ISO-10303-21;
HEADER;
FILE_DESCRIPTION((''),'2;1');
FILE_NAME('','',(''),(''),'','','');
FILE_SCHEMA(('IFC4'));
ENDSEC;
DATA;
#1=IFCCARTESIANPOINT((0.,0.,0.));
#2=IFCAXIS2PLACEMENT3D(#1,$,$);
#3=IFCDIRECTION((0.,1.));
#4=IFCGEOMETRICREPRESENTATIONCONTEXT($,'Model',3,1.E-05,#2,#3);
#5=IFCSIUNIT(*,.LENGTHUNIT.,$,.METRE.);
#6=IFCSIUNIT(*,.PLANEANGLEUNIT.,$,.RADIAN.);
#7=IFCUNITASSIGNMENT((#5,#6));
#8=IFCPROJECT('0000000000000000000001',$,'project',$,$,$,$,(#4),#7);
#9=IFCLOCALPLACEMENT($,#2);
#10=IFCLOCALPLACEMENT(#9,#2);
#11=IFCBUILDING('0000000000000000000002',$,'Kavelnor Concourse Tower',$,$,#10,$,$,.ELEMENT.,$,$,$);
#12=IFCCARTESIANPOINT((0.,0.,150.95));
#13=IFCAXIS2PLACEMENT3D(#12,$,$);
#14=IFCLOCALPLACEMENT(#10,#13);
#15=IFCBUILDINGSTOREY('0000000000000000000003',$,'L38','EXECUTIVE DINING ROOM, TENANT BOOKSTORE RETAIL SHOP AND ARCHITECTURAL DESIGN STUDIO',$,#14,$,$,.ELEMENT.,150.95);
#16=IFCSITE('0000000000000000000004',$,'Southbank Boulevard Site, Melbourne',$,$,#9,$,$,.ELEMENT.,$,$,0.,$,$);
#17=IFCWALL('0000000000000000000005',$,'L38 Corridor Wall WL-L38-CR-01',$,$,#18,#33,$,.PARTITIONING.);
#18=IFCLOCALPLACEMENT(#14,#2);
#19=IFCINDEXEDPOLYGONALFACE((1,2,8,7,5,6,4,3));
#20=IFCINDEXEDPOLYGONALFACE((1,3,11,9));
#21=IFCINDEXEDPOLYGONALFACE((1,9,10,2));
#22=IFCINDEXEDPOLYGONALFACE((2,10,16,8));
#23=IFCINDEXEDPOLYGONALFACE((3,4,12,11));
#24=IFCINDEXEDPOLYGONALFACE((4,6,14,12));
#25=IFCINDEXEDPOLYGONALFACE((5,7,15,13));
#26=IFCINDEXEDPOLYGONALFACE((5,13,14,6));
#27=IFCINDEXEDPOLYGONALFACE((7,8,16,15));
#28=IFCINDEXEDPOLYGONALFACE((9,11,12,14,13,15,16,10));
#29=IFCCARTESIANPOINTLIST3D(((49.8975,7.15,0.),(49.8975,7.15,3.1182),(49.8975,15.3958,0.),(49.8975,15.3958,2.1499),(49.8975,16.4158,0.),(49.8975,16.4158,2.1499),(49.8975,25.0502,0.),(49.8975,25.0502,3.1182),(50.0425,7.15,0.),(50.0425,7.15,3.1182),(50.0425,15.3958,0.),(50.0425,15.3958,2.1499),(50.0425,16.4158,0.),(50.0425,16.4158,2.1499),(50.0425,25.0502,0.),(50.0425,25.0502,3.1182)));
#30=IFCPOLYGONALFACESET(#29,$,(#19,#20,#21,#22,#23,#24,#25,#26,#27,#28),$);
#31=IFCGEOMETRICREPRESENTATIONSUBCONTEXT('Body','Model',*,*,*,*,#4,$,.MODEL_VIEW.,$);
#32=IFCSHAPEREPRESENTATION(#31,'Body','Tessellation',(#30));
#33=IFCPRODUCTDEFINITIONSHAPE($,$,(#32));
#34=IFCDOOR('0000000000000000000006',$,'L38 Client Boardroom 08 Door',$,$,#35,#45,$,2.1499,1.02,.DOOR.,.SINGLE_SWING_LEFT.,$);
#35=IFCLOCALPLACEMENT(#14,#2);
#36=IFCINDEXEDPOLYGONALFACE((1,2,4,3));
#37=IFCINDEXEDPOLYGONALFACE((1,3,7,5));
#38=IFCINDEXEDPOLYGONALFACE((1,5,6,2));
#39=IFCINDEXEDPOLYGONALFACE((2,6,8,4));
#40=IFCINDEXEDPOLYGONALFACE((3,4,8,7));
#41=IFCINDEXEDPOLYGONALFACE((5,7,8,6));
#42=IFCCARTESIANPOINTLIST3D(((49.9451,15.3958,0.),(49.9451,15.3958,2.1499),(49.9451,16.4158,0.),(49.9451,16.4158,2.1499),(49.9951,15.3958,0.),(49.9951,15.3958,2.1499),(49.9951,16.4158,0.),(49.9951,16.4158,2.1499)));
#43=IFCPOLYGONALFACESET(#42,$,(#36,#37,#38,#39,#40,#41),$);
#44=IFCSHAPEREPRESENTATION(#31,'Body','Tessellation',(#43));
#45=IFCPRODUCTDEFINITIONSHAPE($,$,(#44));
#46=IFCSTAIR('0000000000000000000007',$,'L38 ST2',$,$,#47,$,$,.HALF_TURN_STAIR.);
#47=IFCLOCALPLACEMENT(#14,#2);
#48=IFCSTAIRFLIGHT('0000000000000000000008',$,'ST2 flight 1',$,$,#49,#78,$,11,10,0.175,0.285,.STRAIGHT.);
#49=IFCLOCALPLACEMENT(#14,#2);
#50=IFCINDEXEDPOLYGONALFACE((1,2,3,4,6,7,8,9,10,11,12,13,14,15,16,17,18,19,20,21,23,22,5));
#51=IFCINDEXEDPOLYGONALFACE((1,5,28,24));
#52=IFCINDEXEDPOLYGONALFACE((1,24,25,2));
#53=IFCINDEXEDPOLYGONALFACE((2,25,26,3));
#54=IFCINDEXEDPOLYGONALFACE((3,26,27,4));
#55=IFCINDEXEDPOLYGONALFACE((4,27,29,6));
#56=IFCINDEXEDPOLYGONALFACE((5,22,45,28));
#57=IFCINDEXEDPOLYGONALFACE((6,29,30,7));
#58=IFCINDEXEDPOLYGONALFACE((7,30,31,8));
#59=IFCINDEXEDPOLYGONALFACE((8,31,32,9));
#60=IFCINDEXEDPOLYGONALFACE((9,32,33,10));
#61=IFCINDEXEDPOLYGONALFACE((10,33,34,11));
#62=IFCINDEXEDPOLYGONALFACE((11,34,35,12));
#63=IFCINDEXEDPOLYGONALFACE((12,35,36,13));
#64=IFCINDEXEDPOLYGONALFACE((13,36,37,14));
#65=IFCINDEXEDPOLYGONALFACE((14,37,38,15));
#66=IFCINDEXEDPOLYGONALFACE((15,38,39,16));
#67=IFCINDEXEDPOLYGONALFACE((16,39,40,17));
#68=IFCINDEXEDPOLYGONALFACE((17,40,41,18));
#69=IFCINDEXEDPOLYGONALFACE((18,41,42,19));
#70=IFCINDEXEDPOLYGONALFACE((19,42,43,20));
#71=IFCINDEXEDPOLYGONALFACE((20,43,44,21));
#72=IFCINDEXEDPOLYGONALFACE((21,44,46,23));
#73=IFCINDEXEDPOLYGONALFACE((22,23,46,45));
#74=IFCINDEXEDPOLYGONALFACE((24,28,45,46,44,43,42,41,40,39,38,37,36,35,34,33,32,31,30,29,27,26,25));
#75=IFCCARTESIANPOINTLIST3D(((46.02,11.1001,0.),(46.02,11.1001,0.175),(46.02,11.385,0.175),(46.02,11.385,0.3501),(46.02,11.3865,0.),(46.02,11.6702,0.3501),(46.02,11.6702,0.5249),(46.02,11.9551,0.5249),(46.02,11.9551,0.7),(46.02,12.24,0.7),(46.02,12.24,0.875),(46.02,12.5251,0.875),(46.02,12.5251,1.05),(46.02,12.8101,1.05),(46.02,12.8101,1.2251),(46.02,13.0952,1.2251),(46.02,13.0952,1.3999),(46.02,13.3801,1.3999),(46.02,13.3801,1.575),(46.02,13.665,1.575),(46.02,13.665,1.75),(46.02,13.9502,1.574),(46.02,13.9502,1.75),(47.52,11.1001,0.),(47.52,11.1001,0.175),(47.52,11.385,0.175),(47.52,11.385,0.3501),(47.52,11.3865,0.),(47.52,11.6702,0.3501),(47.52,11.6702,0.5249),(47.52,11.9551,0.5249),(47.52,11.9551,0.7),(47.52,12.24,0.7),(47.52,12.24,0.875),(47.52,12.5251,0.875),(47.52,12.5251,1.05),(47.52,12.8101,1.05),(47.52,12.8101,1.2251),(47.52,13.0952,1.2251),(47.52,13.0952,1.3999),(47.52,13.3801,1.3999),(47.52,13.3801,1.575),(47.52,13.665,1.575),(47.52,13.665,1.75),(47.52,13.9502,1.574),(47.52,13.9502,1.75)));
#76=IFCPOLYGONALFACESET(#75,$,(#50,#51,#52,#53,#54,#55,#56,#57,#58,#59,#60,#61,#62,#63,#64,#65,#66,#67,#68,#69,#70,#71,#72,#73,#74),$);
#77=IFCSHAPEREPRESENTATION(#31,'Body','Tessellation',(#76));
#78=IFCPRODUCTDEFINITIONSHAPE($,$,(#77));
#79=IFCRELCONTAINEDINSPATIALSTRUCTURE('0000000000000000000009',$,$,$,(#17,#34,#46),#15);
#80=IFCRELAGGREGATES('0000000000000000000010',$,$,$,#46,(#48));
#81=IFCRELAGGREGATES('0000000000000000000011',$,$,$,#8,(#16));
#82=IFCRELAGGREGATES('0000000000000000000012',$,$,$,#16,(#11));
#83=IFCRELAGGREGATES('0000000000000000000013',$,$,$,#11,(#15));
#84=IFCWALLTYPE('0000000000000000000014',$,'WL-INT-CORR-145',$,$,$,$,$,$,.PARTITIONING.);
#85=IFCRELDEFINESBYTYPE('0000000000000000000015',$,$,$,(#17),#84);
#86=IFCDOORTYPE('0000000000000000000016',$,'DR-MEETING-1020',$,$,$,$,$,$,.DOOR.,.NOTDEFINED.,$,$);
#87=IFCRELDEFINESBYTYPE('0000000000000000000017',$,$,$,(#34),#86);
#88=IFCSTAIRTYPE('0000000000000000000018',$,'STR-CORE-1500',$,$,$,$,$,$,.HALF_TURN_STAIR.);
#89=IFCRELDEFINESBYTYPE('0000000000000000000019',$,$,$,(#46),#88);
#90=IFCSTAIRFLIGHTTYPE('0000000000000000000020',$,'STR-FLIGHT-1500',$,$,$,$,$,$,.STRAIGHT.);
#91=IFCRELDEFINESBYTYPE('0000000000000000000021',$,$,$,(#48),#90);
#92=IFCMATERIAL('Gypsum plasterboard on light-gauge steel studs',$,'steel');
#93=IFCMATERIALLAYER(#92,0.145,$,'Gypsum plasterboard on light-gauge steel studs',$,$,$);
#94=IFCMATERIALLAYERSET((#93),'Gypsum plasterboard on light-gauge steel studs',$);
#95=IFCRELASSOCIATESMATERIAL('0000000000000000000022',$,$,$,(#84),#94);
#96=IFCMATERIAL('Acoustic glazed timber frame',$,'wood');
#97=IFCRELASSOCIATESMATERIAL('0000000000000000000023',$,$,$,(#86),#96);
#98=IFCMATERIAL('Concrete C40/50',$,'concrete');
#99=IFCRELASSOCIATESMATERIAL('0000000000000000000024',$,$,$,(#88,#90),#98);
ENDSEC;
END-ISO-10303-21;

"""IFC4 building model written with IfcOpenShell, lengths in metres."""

from ifc_helpers import new_model, si_unit, direction, frame, frame_2d, origin, place, context, subcontext, project, spatial, polyline, rectangle, outline, extrude, material, layer, layer_set, type_object, element, fill, aggregate, save


model = new_model("IFC4")

# Units and contexts
model_context = context("Model", 3, precision=1e-05, world=origin(), true_north=direction((0.0, 1.0)))
body_context = subcontext(model_context, "Body", "Model", "MODEL_VIEW")
ifc_project = project(units=[si_unit("LENGTHUNIT", "METRE"), si_unit("PLANEANGLEUNIT", "RADIAN")], contexts=[model_context])

# Site, building, storey
site_placement = place(None, origin())
site = spatial("IfcSite", under=ifc_project, at=site_placement, Name="Southbank Boulevard Site, Melbourne", CompositionType="ELEMENT", RefElevation=0.0)
building_placement = place(site_placement, origin())
building = spatial("IfcBuilding", under=site, at=building_placement, Name="Kavelnor Concourse Tower", CompositionType="ELEMENT")
storey_placement = place(building_placement, frame((0.0, 0.0, 150.95)))
storey = spatial("IfcBuildingStorey", under=building, at=storey_placement, Name="L38", Description="EXECUTIVE DINING ROOM, TENANT BOOKSTORE RETAIL SHOP AND ARCHITECTURAL DESIGN STUDIO", CompositionType="ELEMENT", Elevation=150.95)

# Wall, opening, door
ifc_material_1 = material(Name="Gypsum plasterboard on light-gauge steel studs", Category="steel")
ifc_layer_1 = layer(ifc_material_1, 0.145, Name="Gypsum plasterboard on light-gauge steel studs")
ifc_layer_set_1 = layer_set([ifc_layer_1], Name="Gypsum plasterboard on light-gauge steel studs")
wall_type_1 = type_object("IfcWallType", Name="WL-INT-CORR-145", PredefinedType="PARTITIONING", material=ifc_layer_set_1)
wall_1_placement = place(storey_placement, frame((49.97, 7.1499, 0.0), z_axis=(0.0, 0.0, 1.0), x_axis=(0.0, 1.0, 0.0)))
wall_1 = element("IfcWall", 1, at=wall_1_placement, inside=storey, type_object=wall_type_1, Name="L38 Corridor Wall WL-L38-CR-01", PredefinedType="PARTITIONING", context=body_context, shape_type="SweptSolid", body=[
    extrude(rectangle(XDim=17.9001, YDim=0.145, at=frame_2d((8.9502, 0.0))), origin(), (0.0, 0.0, 1.0), 3.1182),
])
opening_1_placement = place(wall_1_placement, frame((8.2458, 0.0, 0.0)))
opening_1 = element("IfcOpeningElement", 2, at=opening_1_placement, cuts=wall_1, PredefinedType="OPENING", context=body_context, shape_type="SweptSolid", body=[
    extrude(rectangle(XDim=1.02, YDim=2.1499, at=frame_2d((0.51, 1.075))), frame((0.0, 0.0825, 0.0), z_axis=(0.0, -1.0, 0.0), x_axis=(1.0, 0.0, 0.0)), (0.0, 0.0, 1.0), 0.165),
])
ifc_material_2 = material(Name="Acoustic glazed timber frame", Category="wood")
door_type_1 = type_object("IfcDoorType", Name="DR-MEETING-1020", OperationType="NOTDEFINED", PredefinedType="DOOR", material=ifc_material_2)
door_1_placement = place(opening_1_placement, origin())
door_1 = element("IfcDoor", 3, at=door_1_placement, inside=storey, type_object=door_type_1, Name="L38 Client Boardroom 08 Door", OperationType="SINGLE_SWING_LEFT", OverallHeight=2.1499, OverallWidth=1.02, PredefinedType="DOOR", context=body_context, shape_type="SweptSolid", body=[
    extrude(rectangle(XDim=1.02, YDim=2.1499, at=frame_2d((0.51, 1.075))), frame((0.0, 0.0249, 0.0), z_axis=(0.0, -1.0, 0.0), x_axis=(1.0, 0.0, 0.0)), (0.0, 0.0, 1.0), 0.05),
])
fill(opening_1, door_1)

# Stair, stair flight
ifc_material_3 = material(Name="Concrete C40/50", Category="concrete")
stair_type = type_object("IfcStairType", Name="STR-CORE-1500", PredefinedType="HALF_TURN_STAIR", material=ifc_material_3)
stair_placement = place(storey_placement, origin())
stair = element("IfcStair", 4, at=stair_placement, inside=storey, type_object=stair_type, Name="L38 ST2", PredefinedType="HALF_TURN_STAIR")
stair_flight_type = type_object("IfcStairFlightType", Name="STR-FLIGHT-1500", PredefinedType="STRAIGHT", material=ifc_material_3)
stair_flight_placement = place(storey_placement, frame((46.77, 11.1001, 0.0), z_axis=(0.0, 0.0, 1.0), x_axis=(0.0, 1.0, 0.0)))
stair_flight = element("IfcStairFlight", 5, at=stair_flight_placement, type_object=stair_flight_type, Name="ST2 flight 1", NumberOfRisers=11, NumberOfTreads=10, PredefinedType="STRAIGHT", RiserHeight=0.175, TreadLength=0.285, context=body_context, shape_type="SweptSolid", body=[
    extrude(outline(polyline([(0.0, 0.0), (0.0, 0.175), (0.2849, 0.175), (0.2849, 0.3501), (0.5701, 0.3501), (0.5701, 0.5249), (0.855, 0.5249), (0.855, 0.7), (1.1399, 0.7), (1.1399, 0.875), (1.425, 0.875), (1.425, 1.05), (1.71, 1.05), (1.71, 1.2251), (1.9951, 1.2251), (1.9951, 1.3999), (2.28, 1.3999), (2.28, 1.575), (2.5649, 1.575), (2.5649, 1.75), (2.8501, 1.75), (2.8501, 1.925), (2.8501, 1.574), (0.2864, 0.0), (0.0, 0.0)])), frame((0.0, 0.75, 0.0), z_axis=(0.0, -1.0, 0.0), x_axis=(1.0, 0.0, 0.0)), (0.0, 0.0, 1.0), 1.5),
])
aggregate(stair, [stair_flight])

save(model, "model.ifc")
